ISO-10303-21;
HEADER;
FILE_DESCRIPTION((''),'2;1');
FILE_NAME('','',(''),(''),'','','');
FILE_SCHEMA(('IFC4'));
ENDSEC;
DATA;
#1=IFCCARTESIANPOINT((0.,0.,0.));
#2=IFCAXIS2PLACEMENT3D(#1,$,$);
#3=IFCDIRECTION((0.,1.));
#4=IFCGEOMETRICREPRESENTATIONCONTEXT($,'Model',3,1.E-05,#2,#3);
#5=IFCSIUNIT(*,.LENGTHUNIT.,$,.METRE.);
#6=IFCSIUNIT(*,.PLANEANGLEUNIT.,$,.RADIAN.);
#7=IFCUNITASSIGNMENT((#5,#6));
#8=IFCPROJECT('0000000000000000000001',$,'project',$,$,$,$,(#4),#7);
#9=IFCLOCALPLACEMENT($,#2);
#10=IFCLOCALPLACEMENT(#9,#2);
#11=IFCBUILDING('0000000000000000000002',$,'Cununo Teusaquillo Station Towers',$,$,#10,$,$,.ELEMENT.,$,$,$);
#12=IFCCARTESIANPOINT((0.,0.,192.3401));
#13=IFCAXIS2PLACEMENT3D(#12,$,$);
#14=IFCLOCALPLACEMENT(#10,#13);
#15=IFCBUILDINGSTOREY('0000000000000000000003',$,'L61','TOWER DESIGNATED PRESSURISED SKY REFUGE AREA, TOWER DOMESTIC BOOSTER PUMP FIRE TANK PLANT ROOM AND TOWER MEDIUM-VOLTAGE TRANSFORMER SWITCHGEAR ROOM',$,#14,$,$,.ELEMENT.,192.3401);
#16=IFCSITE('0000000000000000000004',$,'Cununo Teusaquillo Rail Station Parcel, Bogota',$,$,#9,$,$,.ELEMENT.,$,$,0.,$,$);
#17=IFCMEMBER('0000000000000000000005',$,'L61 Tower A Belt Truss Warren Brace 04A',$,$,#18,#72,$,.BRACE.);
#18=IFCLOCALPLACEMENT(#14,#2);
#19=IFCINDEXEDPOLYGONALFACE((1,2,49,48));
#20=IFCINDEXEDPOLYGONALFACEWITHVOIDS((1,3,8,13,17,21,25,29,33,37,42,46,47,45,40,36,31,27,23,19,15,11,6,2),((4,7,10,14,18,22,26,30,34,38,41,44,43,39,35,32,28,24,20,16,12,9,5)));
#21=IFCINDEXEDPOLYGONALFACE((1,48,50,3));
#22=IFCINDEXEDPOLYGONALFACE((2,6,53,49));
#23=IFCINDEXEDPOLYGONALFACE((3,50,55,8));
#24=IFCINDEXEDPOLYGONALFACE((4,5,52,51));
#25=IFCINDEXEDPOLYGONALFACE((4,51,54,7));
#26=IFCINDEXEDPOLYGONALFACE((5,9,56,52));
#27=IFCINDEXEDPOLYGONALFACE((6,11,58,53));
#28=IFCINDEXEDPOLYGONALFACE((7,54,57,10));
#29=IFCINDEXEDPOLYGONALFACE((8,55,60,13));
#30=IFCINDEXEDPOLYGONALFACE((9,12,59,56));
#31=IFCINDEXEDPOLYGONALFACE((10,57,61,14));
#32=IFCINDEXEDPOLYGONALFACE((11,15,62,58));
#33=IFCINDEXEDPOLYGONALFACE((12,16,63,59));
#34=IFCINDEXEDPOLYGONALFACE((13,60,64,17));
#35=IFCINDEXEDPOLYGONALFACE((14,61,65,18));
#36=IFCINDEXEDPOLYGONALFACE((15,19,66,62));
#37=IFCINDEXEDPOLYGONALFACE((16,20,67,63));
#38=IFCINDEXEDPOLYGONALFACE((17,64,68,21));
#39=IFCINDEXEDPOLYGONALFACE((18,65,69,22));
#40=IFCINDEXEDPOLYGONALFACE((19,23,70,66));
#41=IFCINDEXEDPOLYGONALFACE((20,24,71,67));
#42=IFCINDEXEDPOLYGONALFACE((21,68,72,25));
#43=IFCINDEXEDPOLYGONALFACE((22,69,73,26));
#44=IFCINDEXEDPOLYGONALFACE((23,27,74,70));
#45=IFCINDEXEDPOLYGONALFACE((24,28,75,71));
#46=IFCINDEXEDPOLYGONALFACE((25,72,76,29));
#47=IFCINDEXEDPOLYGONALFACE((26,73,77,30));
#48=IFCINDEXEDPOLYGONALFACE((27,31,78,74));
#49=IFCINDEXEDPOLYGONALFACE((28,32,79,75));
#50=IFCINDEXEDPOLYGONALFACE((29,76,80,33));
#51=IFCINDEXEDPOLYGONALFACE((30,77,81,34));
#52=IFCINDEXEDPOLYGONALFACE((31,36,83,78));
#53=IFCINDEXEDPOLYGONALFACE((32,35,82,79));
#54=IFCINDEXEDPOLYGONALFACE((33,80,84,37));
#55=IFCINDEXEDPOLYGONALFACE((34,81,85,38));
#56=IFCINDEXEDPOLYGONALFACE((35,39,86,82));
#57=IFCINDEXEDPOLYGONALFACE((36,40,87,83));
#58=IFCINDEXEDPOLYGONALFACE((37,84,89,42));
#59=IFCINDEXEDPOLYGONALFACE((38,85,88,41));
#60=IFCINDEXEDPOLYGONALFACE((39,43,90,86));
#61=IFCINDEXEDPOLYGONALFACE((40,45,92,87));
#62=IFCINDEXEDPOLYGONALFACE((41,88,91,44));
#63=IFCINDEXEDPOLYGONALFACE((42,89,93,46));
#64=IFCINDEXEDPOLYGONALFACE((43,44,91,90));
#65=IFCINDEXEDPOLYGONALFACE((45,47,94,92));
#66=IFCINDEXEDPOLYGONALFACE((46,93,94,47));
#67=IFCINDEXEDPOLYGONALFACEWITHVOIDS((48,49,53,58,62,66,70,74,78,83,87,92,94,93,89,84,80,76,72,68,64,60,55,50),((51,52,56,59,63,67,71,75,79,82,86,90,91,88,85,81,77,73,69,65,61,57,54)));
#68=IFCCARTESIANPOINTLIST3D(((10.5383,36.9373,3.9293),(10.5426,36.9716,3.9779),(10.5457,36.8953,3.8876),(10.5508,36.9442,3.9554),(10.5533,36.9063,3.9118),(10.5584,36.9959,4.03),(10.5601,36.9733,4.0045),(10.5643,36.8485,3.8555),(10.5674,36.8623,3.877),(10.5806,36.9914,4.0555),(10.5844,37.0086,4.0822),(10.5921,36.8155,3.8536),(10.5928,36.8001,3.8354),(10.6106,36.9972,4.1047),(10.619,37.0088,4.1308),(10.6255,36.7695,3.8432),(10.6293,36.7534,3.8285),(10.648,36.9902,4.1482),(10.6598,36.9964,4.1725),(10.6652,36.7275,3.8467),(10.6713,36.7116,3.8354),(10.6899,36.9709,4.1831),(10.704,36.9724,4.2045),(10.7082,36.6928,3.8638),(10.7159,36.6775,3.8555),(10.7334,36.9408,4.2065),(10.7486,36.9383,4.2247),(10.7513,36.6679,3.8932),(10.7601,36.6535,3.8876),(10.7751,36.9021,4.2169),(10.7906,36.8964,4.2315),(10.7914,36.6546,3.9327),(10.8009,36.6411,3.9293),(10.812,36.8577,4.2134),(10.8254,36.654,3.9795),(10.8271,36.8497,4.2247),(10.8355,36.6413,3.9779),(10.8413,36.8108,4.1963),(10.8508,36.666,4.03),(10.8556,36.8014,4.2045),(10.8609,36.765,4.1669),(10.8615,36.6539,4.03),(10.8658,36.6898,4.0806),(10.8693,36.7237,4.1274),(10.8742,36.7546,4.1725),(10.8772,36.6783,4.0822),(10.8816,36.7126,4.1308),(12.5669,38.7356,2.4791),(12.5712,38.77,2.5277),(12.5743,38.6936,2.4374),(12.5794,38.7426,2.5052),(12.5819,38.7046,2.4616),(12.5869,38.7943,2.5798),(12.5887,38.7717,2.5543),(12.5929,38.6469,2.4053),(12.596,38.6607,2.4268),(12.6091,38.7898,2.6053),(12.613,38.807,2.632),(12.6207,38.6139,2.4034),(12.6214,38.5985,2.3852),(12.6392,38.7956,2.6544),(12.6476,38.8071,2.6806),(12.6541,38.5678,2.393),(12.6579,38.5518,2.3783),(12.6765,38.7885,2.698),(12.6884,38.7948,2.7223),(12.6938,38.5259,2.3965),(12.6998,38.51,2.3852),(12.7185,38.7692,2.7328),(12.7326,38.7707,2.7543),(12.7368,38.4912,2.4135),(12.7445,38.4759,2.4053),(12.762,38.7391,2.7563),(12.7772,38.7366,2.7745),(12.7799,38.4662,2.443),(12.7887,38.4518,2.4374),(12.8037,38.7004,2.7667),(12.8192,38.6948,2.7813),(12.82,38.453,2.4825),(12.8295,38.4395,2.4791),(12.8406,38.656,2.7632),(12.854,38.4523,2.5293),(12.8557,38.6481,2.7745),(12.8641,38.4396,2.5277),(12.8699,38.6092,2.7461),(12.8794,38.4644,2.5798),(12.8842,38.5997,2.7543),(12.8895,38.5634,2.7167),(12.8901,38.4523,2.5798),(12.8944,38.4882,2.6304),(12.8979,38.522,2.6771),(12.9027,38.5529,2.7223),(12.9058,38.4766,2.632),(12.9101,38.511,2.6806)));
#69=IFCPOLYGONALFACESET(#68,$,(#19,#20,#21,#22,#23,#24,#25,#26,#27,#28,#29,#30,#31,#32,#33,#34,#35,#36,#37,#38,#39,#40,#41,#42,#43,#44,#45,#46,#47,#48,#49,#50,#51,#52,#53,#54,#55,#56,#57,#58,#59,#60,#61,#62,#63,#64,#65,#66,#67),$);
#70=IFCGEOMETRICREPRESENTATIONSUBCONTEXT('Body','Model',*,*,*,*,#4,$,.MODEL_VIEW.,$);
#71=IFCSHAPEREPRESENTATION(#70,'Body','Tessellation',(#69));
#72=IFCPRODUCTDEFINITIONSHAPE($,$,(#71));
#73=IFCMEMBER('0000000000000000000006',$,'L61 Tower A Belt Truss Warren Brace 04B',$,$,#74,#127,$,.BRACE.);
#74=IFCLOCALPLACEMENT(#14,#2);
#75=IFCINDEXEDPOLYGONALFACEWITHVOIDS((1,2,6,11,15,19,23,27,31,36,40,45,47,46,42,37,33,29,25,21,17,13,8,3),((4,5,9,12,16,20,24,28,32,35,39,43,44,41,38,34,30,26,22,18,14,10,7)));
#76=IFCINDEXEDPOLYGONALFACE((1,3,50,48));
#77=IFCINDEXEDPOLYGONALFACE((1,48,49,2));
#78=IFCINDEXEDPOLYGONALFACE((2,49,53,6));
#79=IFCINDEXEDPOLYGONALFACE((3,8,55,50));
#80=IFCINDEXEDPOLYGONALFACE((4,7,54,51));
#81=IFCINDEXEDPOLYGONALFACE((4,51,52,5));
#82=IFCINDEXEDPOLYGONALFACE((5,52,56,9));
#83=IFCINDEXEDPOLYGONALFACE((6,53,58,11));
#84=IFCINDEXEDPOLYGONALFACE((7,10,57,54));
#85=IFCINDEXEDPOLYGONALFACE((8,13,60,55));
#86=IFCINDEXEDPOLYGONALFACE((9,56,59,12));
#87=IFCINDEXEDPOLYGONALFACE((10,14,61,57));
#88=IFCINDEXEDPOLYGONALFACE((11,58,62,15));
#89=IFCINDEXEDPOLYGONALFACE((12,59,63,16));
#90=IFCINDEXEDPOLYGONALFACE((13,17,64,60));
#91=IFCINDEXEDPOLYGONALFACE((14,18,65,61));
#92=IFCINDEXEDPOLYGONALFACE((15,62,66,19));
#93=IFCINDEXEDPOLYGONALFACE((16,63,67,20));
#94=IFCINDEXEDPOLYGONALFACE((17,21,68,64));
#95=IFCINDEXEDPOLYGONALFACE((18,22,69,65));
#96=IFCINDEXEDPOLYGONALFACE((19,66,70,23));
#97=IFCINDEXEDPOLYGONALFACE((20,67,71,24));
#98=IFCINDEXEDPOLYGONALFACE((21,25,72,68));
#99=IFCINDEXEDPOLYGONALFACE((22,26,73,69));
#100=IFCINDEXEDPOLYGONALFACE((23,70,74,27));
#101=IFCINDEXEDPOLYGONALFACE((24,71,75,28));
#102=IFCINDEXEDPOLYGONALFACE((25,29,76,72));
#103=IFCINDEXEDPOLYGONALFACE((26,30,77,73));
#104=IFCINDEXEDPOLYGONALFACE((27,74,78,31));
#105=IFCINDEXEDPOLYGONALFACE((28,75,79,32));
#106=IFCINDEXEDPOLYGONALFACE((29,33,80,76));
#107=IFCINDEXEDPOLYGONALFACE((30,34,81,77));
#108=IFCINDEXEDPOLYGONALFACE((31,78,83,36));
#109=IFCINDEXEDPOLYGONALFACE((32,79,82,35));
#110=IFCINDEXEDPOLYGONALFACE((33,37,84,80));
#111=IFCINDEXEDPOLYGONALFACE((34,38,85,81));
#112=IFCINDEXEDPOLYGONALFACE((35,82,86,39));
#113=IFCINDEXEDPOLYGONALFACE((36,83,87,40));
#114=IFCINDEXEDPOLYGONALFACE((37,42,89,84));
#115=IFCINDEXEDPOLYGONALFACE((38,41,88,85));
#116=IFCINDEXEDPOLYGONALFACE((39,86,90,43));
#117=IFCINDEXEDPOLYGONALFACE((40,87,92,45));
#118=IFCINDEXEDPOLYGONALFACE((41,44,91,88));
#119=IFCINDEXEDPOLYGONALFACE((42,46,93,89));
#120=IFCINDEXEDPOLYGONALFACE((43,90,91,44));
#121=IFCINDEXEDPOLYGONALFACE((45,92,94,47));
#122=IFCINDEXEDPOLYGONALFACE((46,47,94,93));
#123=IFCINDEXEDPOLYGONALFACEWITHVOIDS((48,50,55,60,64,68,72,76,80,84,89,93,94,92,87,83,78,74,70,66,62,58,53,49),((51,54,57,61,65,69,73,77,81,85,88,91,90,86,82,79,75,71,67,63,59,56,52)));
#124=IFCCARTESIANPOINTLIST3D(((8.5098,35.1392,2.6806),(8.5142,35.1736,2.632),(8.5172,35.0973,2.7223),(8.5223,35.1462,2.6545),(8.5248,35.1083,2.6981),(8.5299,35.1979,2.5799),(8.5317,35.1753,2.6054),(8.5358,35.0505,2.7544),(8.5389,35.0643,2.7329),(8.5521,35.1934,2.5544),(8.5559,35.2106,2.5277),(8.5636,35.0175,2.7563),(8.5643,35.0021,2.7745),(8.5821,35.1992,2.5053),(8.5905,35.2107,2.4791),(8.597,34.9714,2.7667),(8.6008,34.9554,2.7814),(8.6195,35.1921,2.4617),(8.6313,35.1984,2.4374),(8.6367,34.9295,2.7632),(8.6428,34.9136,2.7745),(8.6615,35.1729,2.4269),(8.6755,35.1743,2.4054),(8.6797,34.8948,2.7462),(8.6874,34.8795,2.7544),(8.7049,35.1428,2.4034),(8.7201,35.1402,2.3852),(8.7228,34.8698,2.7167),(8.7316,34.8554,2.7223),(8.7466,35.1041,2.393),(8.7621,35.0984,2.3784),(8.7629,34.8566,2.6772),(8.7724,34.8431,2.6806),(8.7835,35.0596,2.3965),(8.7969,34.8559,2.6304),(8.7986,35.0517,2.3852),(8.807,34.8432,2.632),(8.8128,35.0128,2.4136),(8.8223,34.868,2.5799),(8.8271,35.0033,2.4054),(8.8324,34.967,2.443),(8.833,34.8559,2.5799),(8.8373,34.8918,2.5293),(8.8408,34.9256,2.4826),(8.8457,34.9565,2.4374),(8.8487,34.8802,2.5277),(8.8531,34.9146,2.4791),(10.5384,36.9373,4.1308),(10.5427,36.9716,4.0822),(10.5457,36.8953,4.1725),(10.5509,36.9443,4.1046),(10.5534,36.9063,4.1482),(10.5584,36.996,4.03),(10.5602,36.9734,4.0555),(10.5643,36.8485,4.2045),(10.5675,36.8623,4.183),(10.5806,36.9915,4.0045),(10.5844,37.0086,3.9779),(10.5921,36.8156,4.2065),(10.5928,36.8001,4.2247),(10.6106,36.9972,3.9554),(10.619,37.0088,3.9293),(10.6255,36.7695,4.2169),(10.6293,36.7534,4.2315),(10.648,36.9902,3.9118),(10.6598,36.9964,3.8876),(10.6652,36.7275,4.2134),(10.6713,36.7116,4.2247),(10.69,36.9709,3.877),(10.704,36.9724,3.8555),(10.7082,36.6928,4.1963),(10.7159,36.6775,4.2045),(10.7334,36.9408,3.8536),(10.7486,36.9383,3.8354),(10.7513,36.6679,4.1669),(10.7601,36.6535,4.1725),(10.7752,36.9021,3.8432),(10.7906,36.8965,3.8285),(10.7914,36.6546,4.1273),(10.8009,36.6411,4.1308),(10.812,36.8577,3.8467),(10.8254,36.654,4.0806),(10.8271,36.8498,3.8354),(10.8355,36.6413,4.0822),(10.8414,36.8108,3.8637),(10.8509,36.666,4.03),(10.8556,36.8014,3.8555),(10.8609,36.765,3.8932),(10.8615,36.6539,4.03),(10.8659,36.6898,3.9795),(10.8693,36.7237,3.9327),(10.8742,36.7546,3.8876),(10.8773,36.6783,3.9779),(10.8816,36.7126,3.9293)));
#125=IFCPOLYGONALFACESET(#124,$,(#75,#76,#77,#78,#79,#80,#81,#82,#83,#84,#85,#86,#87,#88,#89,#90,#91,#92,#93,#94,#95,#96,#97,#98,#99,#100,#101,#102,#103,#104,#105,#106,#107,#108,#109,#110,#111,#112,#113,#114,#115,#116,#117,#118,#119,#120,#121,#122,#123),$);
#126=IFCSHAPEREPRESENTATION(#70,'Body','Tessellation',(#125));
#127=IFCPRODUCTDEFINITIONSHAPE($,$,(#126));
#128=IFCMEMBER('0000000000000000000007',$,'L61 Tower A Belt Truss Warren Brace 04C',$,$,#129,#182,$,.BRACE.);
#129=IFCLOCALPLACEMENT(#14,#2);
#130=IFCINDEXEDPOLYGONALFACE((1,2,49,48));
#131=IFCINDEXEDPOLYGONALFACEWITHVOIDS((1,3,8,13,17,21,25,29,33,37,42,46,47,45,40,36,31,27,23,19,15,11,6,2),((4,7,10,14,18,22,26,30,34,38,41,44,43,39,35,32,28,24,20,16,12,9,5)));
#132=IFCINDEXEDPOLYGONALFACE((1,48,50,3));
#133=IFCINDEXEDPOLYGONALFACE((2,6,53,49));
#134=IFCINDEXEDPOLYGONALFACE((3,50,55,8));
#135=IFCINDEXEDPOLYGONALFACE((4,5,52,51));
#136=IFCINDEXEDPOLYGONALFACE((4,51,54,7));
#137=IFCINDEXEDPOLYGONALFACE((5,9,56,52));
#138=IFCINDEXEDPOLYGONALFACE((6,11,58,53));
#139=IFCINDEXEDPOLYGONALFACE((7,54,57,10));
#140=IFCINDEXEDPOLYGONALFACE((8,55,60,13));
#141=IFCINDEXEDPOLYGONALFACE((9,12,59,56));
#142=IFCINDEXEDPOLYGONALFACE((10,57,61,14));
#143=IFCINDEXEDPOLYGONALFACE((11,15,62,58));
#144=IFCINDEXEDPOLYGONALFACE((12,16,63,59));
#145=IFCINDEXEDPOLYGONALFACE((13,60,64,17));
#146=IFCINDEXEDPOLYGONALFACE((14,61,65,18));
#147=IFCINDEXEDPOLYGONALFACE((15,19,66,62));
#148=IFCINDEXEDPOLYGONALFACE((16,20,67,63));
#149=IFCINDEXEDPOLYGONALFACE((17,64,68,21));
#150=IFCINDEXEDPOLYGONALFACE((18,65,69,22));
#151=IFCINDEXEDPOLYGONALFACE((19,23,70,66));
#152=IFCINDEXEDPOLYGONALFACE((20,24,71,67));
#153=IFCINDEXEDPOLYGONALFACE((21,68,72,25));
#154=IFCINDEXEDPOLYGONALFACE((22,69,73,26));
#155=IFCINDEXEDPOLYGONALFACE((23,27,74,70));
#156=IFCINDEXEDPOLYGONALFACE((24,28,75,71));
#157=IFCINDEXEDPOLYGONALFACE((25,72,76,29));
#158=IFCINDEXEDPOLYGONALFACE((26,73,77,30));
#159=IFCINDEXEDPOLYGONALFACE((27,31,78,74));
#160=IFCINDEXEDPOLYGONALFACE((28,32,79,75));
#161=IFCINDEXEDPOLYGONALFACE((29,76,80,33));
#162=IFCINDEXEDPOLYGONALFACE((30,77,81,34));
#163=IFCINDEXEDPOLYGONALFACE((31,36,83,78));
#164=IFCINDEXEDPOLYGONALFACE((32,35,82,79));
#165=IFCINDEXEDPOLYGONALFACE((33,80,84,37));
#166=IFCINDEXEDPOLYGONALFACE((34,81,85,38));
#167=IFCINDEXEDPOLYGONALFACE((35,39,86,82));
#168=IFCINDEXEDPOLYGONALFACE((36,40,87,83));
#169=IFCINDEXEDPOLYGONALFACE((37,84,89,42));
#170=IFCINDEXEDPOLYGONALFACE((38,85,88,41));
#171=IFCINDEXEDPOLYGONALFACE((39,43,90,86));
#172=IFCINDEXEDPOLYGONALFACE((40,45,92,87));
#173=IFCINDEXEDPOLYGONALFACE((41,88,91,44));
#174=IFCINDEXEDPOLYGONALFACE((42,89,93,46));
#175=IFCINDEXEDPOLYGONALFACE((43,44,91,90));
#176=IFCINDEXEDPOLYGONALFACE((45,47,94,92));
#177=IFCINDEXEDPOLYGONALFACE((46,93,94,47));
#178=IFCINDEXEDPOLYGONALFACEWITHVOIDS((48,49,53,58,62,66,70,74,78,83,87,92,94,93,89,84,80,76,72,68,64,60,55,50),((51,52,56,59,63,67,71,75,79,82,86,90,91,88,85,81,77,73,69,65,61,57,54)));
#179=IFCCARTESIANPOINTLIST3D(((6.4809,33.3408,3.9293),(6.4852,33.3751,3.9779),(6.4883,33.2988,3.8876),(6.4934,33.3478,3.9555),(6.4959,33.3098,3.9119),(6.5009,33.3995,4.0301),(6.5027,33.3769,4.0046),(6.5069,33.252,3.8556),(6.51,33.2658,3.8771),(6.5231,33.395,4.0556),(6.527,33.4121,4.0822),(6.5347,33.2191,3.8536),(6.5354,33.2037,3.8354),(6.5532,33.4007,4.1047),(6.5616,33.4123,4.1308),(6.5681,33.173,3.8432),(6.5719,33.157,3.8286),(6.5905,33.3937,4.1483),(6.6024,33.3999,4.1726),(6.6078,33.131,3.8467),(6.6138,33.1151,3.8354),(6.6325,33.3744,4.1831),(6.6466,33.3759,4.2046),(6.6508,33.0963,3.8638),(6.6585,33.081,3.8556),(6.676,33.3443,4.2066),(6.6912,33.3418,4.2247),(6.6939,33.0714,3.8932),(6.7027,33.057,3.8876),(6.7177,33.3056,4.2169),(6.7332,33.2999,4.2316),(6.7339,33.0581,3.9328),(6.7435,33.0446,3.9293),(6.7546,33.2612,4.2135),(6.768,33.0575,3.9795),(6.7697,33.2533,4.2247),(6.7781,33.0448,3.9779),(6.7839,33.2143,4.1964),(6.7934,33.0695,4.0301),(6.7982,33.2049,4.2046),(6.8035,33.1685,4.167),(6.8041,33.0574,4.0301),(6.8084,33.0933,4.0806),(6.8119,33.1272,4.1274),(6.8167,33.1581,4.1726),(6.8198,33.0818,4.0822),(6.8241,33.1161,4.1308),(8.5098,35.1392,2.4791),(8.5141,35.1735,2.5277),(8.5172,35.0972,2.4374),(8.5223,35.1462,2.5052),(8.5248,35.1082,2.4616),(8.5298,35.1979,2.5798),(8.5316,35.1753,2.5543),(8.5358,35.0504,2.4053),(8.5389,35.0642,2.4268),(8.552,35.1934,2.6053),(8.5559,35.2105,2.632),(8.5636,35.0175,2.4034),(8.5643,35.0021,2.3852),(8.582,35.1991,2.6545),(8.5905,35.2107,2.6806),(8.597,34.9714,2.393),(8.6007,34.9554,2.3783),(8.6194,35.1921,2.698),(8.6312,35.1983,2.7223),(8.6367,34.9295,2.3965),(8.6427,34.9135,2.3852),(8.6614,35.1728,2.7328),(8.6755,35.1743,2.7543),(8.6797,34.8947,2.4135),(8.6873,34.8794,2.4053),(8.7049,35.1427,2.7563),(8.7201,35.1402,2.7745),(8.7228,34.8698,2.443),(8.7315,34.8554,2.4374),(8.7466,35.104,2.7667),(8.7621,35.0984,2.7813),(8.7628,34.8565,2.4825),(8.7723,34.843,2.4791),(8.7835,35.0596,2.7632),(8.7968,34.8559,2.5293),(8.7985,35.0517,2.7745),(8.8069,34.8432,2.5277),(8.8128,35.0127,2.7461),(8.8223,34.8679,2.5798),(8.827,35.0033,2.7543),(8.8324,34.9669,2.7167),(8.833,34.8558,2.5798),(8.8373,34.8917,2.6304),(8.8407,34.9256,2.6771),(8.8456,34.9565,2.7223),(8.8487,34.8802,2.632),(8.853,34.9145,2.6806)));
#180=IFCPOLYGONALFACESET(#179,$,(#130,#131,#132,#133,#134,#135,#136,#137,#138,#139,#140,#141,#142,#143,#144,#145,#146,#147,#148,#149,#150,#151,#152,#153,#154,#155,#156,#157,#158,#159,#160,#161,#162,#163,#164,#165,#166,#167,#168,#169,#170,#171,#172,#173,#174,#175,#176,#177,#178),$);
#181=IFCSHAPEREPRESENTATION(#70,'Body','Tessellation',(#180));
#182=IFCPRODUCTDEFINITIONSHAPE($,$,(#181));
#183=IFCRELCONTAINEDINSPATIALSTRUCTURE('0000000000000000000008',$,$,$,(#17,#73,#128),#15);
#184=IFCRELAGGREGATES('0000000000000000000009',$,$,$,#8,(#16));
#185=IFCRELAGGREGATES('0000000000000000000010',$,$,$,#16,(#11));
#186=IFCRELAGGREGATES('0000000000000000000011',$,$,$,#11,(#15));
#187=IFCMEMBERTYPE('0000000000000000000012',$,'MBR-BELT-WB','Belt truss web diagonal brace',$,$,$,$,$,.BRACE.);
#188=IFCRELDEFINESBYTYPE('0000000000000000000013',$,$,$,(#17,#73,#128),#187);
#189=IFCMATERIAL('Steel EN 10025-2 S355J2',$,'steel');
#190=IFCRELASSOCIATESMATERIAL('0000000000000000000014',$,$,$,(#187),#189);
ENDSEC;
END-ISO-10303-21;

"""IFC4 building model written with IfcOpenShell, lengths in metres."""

from ifc_helpers import new_model, si_unit, direction, frame, origin, origin_2d, place, context, subcontext, project, spatial, hollow_circle, extrude, material, material_profile, profile_set, type_object, element, save


model = new_model("IFC4")

# Units and contexts
model_context = context("Model", 3, precision=1e-05, world=origin(), true_north=direction((0.0, 1.0)))
body_context = subcontext(model_context, "Body", "Model", "MODEL_VIEW")
ifc_project = project(units=[si_unit("LENGTHUNIT", "METRE"), si_unit("PLANEANGLEUNIT", "RADIAN")], contexts=[model_context])

# Site, building, storey
site_placement = place(None, origin())
site = spatial("IfcSite", under=ifc_project, at=site_placement, Name="Cununo Teusaquillo Rail Station Parcel, Bogota", CompositionType="ELEMENT", RefElevation=0.0)
building_placement = place(site_placement, origin())
building = spatial("IfcBuilding", under=site, at=building_placement, Name="Cununo Teusaquillo Station Towers", CompositionType="ELEMENT")
storey_placement = place(building_placement, frame((0.0, 0.0, 192.3401)))
storey = spatial("IfcBuildingStorey", under=building, at=storey_placement, Name="L61", Description="TOWER DESIGNATED PRESSURISED SKY REFUGE AREA, TOWER DOMESTIC BOOSTER PUMP FIRE TANK PLANT ROOM AND TOWER MEDIUM-VOLTAGE TRANSFORMER SWITCHGEAR ROOM", CompositionType="ELEMENT", Elevation=192.3401)

# Members
ifc_material_1 = material(Name="Steel EN 10025-2 S355J2", Category="steel")
ifc_material_profile_1 = material_profile(ifc_material_1, hollow_circle(Radius=0.2285, WallThickness=0.0161, at=origin_2d()), Name="CHS 457x16")
ifc_profile_set_1 = profile_set([ifc_material_profile_1], Name="Steel EN 10025-2 S355J2")
member_type_1 = type_object("IfcMemberType", Name="MBR-BELT-WB", Description="Belt truss web diagonal brace", PredefinedType="BRACE", material=ifc_profile_set_1)
member_1_placement = place(storey_placement, frame((12.7385, 38.6233, 2.5798), z_axis=(-0.659816, -0.584933, 0.471695), x_axis=(0.663368, -0.748293, 0.0)))
element("IfcMember", 1, at=member_1_placement, inside=storey, type_object=member_type_1, Name="L61 Tower A Belt Truss Warren Brace 04A", PredefinedType="BRACE", context=body_context, shape_type="SweptSolid", body=[
    extrude(hollow_circle(Radius=0.2285, WallThickness=0.0161, at=origin_2d()), origin(), (0.0, 0.0, 1.0), 3.0745),
])
member_2_placement = place(storey_placement, frame((10.71, 36.825, 4.03), z_axis=(-0.659847, -0.584881, -0.471716), x_axis=(0.663318, -0.748338, 0.0)))
element("IfcMember", 2, at=member_2_placement, inside=storey, type_object=member_type_1, Name="L61 Tower A Belt Truss Warren Brace 04B", PredefinedType="BRACE", context=body_context, shape_type="SweptSolid", body=[
    extrude(hollow_circle(Radius=0.2285, WallThickness=0.0161, at=origin_2d()), origin(), (0.0, 0.0, 1.0), 3.0742),
])
member_3_placement = place(storey_placement, frame((8.6814, 35.0269, 2.5798), z_axis=(-0.659861, -0.584902, 0.47167), x_axis=(0.663324, -0.748333, 0.0)))
element("IfcMember", 3, at=member_3_placement, inside=storey, type_object=member_type_1, Name="L61 Tower A Belt Truss Warren Brace 04C", PredefinedType="BRACE", context=body_context, shape_type="SweptSolid", body=[
    extrude(hollow_circle(Radius=0.2285, WallThickness=0.0161, at=origin_2d()), origin(), (0.0, 0.0, 1.0), 3.0747),
])

save(model, "model.ifc")
